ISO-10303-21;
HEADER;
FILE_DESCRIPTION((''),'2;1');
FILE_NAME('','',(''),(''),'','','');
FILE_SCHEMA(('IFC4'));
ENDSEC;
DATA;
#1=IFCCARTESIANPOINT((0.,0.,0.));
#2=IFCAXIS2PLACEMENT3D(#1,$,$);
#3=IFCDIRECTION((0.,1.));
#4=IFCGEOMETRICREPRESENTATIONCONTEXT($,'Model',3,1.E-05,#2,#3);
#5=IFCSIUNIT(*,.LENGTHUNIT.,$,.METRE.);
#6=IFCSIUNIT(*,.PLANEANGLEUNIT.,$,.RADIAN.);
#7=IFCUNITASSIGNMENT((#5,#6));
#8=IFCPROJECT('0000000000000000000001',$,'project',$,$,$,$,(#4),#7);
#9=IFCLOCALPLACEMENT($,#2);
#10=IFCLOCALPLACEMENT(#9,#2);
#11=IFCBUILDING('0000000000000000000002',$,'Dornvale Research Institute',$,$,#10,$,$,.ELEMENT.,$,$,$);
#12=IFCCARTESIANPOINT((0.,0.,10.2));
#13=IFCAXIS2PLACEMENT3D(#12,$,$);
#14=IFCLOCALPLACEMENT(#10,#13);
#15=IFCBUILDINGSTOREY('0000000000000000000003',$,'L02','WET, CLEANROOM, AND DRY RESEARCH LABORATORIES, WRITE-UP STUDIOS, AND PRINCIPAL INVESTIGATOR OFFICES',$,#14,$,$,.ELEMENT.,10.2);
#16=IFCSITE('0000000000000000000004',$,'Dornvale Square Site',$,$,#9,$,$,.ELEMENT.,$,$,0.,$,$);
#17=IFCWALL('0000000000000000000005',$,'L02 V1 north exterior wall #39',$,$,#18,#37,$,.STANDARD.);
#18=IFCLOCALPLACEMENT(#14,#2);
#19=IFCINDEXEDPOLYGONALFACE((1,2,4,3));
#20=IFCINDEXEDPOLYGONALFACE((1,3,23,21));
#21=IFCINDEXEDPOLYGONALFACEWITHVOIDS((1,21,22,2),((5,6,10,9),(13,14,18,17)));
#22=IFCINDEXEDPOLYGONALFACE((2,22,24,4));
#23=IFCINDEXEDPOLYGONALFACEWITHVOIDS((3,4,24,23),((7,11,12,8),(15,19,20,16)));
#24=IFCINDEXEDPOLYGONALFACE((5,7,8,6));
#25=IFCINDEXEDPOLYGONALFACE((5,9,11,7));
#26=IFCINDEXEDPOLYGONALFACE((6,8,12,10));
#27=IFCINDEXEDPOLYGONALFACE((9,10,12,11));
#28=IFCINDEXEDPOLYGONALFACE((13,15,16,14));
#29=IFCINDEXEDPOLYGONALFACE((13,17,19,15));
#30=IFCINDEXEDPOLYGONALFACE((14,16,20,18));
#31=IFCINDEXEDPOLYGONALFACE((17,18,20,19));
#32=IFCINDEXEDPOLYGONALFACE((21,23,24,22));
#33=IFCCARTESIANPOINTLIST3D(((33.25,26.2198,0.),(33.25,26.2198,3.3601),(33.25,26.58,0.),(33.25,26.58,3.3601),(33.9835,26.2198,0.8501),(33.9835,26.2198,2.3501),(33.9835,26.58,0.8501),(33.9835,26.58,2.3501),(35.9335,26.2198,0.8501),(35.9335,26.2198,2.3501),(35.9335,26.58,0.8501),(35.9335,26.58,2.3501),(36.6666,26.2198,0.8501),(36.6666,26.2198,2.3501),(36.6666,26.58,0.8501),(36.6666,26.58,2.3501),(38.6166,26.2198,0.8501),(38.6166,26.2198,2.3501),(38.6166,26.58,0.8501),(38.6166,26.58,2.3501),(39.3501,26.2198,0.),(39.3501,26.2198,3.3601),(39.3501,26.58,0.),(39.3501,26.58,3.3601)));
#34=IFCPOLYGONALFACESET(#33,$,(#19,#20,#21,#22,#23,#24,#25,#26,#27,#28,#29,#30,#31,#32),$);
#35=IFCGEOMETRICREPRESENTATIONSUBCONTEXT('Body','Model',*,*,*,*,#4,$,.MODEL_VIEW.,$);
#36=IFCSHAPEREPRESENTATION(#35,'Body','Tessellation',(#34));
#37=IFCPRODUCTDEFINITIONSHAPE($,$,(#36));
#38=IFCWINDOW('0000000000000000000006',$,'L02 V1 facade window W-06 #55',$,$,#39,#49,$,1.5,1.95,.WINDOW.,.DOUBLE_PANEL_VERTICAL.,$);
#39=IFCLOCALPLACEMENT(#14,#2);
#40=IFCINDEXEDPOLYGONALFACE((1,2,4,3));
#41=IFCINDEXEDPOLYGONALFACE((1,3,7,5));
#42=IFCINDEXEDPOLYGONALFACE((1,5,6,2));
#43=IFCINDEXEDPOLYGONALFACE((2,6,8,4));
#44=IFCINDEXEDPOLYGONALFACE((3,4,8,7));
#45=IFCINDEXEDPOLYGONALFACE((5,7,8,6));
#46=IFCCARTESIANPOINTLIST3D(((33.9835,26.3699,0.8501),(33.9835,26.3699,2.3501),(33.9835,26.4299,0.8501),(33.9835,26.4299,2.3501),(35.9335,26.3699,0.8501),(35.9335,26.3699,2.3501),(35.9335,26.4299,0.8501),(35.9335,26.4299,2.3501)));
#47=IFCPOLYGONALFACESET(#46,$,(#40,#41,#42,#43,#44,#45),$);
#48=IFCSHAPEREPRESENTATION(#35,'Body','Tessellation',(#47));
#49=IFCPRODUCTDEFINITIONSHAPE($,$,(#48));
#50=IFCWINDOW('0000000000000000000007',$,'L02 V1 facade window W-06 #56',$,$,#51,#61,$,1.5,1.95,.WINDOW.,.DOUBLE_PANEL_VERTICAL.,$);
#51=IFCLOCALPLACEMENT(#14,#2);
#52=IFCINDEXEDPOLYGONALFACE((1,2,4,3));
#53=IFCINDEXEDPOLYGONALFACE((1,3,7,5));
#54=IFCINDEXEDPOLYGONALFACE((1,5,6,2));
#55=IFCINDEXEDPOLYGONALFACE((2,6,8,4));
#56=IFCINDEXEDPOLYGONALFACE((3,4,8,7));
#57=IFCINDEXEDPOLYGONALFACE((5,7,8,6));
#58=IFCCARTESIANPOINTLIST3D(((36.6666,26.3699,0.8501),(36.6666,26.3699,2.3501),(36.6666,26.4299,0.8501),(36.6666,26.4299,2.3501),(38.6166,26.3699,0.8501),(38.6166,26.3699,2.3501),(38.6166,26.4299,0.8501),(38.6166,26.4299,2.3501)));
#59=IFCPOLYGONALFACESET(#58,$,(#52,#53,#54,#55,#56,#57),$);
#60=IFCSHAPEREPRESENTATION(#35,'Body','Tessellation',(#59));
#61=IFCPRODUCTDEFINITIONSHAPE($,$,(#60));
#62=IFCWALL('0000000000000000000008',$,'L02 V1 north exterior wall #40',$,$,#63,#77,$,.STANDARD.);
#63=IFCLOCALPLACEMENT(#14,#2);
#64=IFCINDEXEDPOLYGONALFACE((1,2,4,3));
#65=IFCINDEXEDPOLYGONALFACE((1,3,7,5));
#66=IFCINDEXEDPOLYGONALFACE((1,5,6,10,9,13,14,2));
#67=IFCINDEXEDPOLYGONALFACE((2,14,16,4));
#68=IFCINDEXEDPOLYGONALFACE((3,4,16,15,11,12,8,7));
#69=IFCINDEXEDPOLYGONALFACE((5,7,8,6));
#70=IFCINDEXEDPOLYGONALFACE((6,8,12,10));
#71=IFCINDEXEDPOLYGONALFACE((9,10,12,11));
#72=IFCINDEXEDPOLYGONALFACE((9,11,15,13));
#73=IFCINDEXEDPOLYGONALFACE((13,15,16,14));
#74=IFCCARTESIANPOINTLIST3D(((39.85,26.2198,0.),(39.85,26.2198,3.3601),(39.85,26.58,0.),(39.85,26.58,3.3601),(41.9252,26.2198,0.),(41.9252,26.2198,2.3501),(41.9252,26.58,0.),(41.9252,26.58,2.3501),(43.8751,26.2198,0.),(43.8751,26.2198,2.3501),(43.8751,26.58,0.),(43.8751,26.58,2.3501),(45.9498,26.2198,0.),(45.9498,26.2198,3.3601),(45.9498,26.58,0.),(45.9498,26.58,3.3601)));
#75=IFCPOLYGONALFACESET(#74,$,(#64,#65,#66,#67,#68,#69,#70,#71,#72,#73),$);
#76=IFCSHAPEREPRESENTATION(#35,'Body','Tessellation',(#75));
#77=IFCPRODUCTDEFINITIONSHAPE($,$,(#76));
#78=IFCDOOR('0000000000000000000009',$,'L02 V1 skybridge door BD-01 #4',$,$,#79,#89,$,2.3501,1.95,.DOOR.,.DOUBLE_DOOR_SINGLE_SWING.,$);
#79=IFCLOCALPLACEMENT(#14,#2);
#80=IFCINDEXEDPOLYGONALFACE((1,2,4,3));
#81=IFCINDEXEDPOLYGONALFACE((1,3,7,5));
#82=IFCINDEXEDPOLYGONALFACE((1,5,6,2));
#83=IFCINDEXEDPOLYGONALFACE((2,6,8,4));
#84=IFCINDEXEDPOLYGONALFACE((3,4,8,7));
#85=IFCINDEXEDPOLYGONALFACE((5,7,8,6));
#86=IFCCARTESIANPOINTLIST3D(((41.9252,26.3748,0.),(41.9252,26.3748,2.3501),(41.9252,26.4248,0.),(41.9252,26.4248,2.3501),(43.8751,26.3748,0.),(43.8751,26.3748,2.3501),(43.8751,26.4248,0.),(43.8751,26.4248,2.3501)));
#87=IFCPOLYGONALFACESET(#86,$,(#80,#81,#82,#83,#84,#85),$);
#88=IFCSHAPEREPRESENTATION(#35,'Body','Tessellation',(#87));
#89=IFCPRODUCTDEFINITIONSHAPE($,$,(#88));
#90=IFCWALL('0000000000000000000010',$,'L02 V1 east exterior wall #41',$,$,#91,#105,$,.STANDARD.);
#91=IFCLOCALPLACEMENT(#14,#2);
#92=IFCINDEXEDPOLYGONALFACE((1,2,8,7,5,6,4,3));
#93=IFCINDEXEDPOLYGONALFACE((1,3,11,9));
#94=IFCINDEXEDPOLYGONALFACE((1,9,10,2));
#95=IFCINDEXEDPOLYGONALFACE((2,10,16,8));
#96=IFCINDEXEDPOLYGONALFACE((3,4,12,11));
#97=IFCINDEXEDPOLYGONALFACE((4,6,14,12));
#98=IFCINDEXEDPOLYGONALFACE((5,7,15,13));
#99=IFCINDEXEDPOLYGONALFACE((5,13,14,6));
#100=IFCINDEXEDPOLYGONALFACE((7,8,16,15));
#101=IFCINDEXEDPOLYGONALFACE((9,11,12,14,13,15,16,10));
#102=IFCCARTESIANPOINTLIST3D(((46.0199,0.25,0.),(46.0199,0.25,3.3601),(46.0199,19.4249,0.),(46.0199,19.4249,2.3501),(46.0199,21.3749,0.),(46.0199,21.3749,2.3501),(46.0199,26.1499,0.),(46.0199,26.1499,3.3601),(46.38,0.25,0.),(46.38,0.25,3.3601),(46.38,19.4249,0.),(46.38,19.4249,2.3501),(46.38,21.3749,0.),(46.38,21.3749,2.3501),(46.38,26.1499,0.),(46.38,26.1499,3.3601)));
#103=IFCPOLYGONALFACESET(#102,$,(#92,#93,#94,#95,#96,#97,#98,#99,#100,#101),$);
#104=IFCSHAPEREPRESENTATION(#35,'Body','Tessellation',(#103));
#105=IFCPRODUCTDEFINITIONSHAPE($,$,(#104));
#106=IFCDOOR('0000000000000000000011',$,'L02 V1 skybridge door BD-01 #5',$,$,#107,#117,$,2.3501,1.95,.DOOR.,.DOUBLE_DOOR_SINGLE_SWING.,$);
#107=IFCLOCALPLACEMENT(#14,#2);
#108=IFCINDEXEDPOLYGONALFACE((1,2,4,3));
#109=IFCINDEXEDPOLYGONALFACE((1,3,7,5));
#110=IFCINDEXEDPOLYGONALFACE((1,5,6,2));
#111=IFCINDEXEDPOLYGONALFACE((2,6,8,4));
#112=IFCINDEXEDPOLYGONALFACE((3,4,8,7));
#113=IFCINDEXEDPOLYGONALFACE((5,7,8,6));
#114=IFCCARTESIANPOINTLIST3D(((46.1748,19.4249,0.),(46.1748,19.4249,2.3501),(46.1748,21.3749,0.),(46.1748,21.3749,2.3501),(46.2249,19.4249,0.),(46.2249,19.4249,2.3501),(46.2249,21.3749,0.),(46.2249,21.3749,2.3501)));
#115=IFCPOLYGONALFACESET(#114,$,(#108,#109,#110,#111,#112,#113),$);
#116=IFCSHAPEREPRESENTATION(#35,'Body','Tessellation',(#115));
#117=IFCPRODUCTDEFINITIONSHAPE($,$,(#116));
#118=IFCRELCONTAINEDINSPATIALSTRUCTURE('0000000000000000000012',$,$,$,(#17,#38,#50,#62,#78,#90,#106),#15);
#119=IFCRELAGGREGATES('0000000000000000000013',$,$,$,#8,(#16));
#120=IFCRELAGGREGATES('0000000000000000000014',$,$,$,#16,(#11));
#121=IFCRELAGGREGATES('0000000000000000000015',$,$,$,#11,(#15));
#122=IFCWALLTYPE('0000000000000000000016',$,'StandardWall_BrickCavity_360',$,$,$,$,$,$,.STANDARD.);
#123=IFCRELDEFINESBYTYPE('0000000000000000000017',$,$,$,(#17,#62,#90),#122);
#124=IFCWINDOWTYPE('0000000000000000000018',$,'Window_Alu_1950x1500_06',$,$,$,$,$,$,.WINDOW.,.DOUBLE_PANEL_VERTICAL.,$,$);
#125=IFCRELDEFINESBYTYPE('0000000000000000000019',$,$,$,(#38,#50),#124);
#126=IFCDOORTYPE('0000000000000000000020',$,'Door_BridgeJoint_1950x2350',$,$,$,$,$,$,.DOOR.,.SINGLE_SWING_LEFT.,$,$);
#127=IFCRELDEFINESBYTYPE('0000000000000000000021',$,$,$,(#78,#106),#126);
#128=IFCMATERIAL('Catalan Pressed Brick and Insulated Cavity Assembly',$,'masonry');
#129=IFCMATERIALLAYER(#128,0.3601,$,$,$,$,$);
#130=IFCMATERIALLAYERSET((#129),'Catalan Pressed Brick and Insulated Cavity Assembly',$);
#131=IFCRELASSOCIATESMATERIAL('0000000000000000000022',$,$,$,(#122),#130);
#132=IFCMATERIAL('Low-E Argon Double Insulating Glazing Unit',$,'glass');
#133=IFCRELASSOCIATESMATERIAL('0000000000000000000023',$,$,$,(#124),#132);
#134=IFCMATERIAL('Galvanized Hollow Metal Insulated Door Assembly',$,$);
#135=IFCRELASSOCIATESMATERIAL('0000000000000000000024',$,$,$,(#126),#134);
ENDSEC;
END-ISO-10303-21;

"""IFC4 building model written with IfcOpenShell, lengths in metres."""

from ifc_helpers import new_model, si_unit, direction, frame, frame_2d, origin, place, context, subcontext, project, spatial, rectangle, extrude, material, layer, layer_set, type_object, element, fill, save


model = new_model("IFC4")

# Units and contexts
model_context = context("Model", 3, precision=1e-05, world=origin(), true_north=direction((0.0, 1.0)))
body_context = subcontext(model_context, "Body", "Model", "MODEL_VIEW")
ifc_project = project(units=[si_unit("LENGTHUNIT", "METRE"), si_unit("PLANEANGLEUNIT", "RADIAN")], contexts=[model_context])

# Site, building, storey
site_placement = place(None, origin())
site = spatial("IfcSite", under=ifc_project, at=site_placement, Name="Dornvale Square Site", CompositionType="ELEMENT", RefElevation=0.0)
building_placement = place(site_placement, origin())
building = spatial("IfcBuilding", under=site, at=building_placement, Name="Dornvale Research Institute", CompositionType="ELEMENT")
storey_placement = place(building_placement, frame((0.0, 0.0, 10.2)))
storey = spatial("IfcBuildingStorey", under=building, at=storey_placement, Name="L02", Description="WET, CLEANROOM, AND DRY RESEARCH LABORATORIES, WRITE-UP STUDIOS, AND PRINCIPAL INVESTIGATOR OFFICES", CompositionType="ELEMENT", Elevation=10.2)

# Wall, openings, windows
ifc_material_1 = material(Name="Catalan Pressed Brick and Insulated Cavity Assembly", Category="masonry")
ifc_layer_1 = layer(ifc_material_1, 0.3601)
ifc_layer_set_1 = layer_set([ifc_layer_1], Name="Catalan Pressed Brick and Insulated Cavity Assembly")
wall_type_1 = type_object("IfcWallType", Name="StandardWall_BrickCavity_360", PredefinedType="STANDARD", material=ifc_layer_set_1)
wall_1_placement = place(storey_placement, frame((33.25, 26.3999, 0.0), z_axis=(0.0, 0.0, 1.0), x_axis=(1.0, 0.0, 0.0)))
wall_1 = element("IfcWall", 1, at=wall_1_placement, inside=storey, type_object=wall_type_1, Name="L02 V1 north exterior wall #39", PredefinedType="STANDARD", context=body_context, shape_type="SweptSolid", body=[
    extrude(rectangle(XDim=6.1001, YDim=0.3601, at=frame_2d((3.05, 0.0))), origin(), (0.0, 0.0, 1.0), 3.3601),
])
opening_1_placement = place(wall_1_placement, frame((0.7334, 0.0, 0.8501)))
opening_1 = element("IfcOpeningElement", 2, at=opening_1_placement, cuts=wall_1, PredefinedType="OPENING", context=body_context, shape_type="SweptSolid", body=[
    extrude(rectangle(XDim=1.95, YDim=1.5, at=frame_2d((0.9751, 0.75))), frame((0.0, 0.1951, 0.0), z_axis=(0.0, -1.0, 0.0), x_axis=(1.0, 0.0, 0.0)), (0.0, 0.0, 1.0), 0.3901),
])
opening_2_placement = place(wall_1_placement, frame((3.4165, 0.0, 0.8501)))
opening_2 = element("IfcOpeningElement", 3, at=opening_2_placement, cuts=wall_1, PredefinedType="OPENING", context=body_context, shape_type="SweptSolid", body=[
    extrude(rectangle(XDim=1.95, YDim=1.5, at=frame_2d((0.9751, 0.75))), frame((0.0, 0.1951, 0.0), z_axis=(0.0, -1.0, 0.0), x_axis=(1.0, 0.0, 0.0)), (0.0, 0.0, 1.0), 0.3901),
])
ifc_material_2 = material(Name="Low-E Argon Double Insulating Glazing Unit", Category="glass")
window_type = type_object("IfcWindowType", Name="Window_Alu_1950x1500_06", PartitioningType="DOUBLE_PANEL_VERTICAL", PredefinedType="WINDOW", material=ifc_material_2)
window_1_placement = place(opening_1_placement, origin())
window_1 = element("IfcWindow", 4, at=window_1_placement, inside=storey, type_object=window_type, Name="L02 V1 facade window W-06 #55", OverallHeight=1.5, OverallWidth=1.95, PartitioningType="DOUBLE_PANEL_VERTICAL", PredefinedType="WINDOW", context=body_context, shape_type="SweptSolid", body=[
    extrude(rectangle(XDim=1.95, YDim=1.5, at=frame_2d((0.9751, 0.75))), frame((0.0, 0.03, 0.0), z_axis=(0.0, -1.0, 0.0), x_axis=(1.0, 0.0, 0.0)), (0.0, 0.0, 1.0), 0.0601),
])
fill(opening_1, window_1)
window_2_placement = place(opening_2_placement, origin())
window_2 = element("IfcWindow", 5, at=window_2_placement, inside=storey, type_object=window_type, Name="L02 V1 facade window W-06 #56", OverallHeight=1.5, OverallWidth=1.95, PartitioningType="DOUBLE_PANEL_VERTICAL", PredefinedType="WINDOW", context=body_context, shape_type="SweptSolid", body=[
    extrude(rectangle(XDim=1.95, YDim=1.5, at=frame_2d((0.9751, 0.75))), frame((0.0, 0.03, 0.0), z_axis=(0.0, -1.0, 0.0), x_axis=(1.0, 0.0, 0.0)), (0.0, 0.0, 1.0), 0.0601),
])
fill(opening_2, window_2)

# Walls, openings, doors
wall_2_placement = place(storey_placement, frame((39.8501, 26.3999, 0.0), z_axis=(0.0, 0.0, 1.0), x_axis=(1.0, 0.0, 0.0)))
wall_2 = element("IfcWall", 6, at=wall_2_placement, inside=storey, type_object=wall_type_1, Name="L02 V1 north exterior wall #40", PredefinedType="STANDARD", context=body_context, shape_type="SweptSolid", body=[
    extrude(rectangle(XDim=6.0999, YDim=0.3601, at=frame_2d((3.0498, 0.0))), origin(), (0.0, 0.0, 1.0), 3.3601),
])
opening_3_placement = place(wall_2_placement, frame((2.075, 0.0, 0.0)))
opening_3 = element("IfcOpeningElement", 7, at=opening_3_placement, cuts=wall_2, PredefinedType="OPENING", context=body_context, shape_type="SweptSolid", body=[
    extrude(rectangle(XDim=1.95, YDim=2.3501, at=frame_2d((0.9751, 1.175))), frame((0.0, 0.1951, 0.0), z_axis=(0.0, -1.0, 0.0), x_axis=(1.0, 0.0, 0.0)), (0.0, 0.0, 1.0), 0.3901),
])
ifc_material_3 = material(Name="Galvanized Hollow Metal Insulated Door Assembly")
door_type_1 = type_object("IfcDoorType", Name="Door_BridgeJoint_1950x2350", OperationType="SINGLE_SWING_LEFT", PredefinedType="DOOR", material=ifc_material_3)
door_1_placement = place(opening_3_placement, origin())
door_1 = element("IfcDoor", 8, at=door_1_placement, inside=storey, type_object=door_type_1, Name="L02 V1 skybridge door BD-01 #4", OperationType="DOUBLE_DOOR_SINGLE_SWING", OverallHeight=2.3501, OverallWidth=1.95, PredefinedType="DOOR", context=body_context, shape_type="SweptSolid", body=[
    extrude(rectangle(XDim=1.95, YDim=2.3501, at=frame_2d((0.9751, 1.175))), frame((0.0, 0.0249, 0.0), z_axis=(0.0, -1.0, 0.0), x_axis=(1.0, 0.0, 0.0)), (0.0, 0.0, 1.0), 0.05),
])
fill(opening_3, door_1)
wall_3_placement = place(storey_placement, frame((46.2, 26.1499, 0.0), z_axis=(0.0, 0.0, 1.0), x_axis=(0.0, -1.0, 0.0)))
wall_3 = element("IfcWall", 9, at=wall_3_placement, inside=storey, type_object=wall_type_1, Name="L02 V1 east exterior wall #41", PredefinedType="STANDARD", context=body_context, shape_type="SweptSolid", body=[
    extrude(rectangle(XDim=25.8999, YDim=0.3601, at=frame_2d((12.95, 0.0))), origin(), (0.0, 0.0, 1.0), 3.3601),
])
opening_4_placement = place(wall_3_placement, frame((4.7749, 0.0, 0.0)))
opening_4 = element("IfcOpeningElement", 10, at=opening_4_placement, cuts=wall_3, PredefinedType="OPENING", context=body_context, shape_type="SweptSolid", body=[
    extrude(rectangle(XDim=1.95, YDim=2.3501, at=frame_2d((0.9751, 1.175))), frame((0.0, 0.1951, 0.0), z_axis=(0.0, -1.0, 0.0), x_axis=(1.0, 0.0, 0.0)), (0.0, 0.0, 1.0), 0.3901),
])
door_2_placement = place(opening_4_placement, origin())
door_2 = element("IfcDoor", 11, at=door_2_placement, inside=storey, type_object=door_type_1, Name="L02 V1 skybridge door BD-01 #5", OperationType="DOUBLE_DOOR_SINGLE_SWING", OverallHeight=2.3501, OverallWidth=1.95, PredefinedType="DOOR", context=body_context, shape_type="SweptSolid", body=[
    extrude(rectangle(XDim=1.95, YDim=2.3501, at=frame_2d((0.9751, 1.175))), frame((0.0, 0.0249, 0.0), z_axis=(0.0, -1.0, 0.0), x_axis=(1.0, 0.0, 0.0)), (0.0, 0.0, 1.0), 0.05),
])
fill(opening_4, door_2)

save(model, "model.ifc")
